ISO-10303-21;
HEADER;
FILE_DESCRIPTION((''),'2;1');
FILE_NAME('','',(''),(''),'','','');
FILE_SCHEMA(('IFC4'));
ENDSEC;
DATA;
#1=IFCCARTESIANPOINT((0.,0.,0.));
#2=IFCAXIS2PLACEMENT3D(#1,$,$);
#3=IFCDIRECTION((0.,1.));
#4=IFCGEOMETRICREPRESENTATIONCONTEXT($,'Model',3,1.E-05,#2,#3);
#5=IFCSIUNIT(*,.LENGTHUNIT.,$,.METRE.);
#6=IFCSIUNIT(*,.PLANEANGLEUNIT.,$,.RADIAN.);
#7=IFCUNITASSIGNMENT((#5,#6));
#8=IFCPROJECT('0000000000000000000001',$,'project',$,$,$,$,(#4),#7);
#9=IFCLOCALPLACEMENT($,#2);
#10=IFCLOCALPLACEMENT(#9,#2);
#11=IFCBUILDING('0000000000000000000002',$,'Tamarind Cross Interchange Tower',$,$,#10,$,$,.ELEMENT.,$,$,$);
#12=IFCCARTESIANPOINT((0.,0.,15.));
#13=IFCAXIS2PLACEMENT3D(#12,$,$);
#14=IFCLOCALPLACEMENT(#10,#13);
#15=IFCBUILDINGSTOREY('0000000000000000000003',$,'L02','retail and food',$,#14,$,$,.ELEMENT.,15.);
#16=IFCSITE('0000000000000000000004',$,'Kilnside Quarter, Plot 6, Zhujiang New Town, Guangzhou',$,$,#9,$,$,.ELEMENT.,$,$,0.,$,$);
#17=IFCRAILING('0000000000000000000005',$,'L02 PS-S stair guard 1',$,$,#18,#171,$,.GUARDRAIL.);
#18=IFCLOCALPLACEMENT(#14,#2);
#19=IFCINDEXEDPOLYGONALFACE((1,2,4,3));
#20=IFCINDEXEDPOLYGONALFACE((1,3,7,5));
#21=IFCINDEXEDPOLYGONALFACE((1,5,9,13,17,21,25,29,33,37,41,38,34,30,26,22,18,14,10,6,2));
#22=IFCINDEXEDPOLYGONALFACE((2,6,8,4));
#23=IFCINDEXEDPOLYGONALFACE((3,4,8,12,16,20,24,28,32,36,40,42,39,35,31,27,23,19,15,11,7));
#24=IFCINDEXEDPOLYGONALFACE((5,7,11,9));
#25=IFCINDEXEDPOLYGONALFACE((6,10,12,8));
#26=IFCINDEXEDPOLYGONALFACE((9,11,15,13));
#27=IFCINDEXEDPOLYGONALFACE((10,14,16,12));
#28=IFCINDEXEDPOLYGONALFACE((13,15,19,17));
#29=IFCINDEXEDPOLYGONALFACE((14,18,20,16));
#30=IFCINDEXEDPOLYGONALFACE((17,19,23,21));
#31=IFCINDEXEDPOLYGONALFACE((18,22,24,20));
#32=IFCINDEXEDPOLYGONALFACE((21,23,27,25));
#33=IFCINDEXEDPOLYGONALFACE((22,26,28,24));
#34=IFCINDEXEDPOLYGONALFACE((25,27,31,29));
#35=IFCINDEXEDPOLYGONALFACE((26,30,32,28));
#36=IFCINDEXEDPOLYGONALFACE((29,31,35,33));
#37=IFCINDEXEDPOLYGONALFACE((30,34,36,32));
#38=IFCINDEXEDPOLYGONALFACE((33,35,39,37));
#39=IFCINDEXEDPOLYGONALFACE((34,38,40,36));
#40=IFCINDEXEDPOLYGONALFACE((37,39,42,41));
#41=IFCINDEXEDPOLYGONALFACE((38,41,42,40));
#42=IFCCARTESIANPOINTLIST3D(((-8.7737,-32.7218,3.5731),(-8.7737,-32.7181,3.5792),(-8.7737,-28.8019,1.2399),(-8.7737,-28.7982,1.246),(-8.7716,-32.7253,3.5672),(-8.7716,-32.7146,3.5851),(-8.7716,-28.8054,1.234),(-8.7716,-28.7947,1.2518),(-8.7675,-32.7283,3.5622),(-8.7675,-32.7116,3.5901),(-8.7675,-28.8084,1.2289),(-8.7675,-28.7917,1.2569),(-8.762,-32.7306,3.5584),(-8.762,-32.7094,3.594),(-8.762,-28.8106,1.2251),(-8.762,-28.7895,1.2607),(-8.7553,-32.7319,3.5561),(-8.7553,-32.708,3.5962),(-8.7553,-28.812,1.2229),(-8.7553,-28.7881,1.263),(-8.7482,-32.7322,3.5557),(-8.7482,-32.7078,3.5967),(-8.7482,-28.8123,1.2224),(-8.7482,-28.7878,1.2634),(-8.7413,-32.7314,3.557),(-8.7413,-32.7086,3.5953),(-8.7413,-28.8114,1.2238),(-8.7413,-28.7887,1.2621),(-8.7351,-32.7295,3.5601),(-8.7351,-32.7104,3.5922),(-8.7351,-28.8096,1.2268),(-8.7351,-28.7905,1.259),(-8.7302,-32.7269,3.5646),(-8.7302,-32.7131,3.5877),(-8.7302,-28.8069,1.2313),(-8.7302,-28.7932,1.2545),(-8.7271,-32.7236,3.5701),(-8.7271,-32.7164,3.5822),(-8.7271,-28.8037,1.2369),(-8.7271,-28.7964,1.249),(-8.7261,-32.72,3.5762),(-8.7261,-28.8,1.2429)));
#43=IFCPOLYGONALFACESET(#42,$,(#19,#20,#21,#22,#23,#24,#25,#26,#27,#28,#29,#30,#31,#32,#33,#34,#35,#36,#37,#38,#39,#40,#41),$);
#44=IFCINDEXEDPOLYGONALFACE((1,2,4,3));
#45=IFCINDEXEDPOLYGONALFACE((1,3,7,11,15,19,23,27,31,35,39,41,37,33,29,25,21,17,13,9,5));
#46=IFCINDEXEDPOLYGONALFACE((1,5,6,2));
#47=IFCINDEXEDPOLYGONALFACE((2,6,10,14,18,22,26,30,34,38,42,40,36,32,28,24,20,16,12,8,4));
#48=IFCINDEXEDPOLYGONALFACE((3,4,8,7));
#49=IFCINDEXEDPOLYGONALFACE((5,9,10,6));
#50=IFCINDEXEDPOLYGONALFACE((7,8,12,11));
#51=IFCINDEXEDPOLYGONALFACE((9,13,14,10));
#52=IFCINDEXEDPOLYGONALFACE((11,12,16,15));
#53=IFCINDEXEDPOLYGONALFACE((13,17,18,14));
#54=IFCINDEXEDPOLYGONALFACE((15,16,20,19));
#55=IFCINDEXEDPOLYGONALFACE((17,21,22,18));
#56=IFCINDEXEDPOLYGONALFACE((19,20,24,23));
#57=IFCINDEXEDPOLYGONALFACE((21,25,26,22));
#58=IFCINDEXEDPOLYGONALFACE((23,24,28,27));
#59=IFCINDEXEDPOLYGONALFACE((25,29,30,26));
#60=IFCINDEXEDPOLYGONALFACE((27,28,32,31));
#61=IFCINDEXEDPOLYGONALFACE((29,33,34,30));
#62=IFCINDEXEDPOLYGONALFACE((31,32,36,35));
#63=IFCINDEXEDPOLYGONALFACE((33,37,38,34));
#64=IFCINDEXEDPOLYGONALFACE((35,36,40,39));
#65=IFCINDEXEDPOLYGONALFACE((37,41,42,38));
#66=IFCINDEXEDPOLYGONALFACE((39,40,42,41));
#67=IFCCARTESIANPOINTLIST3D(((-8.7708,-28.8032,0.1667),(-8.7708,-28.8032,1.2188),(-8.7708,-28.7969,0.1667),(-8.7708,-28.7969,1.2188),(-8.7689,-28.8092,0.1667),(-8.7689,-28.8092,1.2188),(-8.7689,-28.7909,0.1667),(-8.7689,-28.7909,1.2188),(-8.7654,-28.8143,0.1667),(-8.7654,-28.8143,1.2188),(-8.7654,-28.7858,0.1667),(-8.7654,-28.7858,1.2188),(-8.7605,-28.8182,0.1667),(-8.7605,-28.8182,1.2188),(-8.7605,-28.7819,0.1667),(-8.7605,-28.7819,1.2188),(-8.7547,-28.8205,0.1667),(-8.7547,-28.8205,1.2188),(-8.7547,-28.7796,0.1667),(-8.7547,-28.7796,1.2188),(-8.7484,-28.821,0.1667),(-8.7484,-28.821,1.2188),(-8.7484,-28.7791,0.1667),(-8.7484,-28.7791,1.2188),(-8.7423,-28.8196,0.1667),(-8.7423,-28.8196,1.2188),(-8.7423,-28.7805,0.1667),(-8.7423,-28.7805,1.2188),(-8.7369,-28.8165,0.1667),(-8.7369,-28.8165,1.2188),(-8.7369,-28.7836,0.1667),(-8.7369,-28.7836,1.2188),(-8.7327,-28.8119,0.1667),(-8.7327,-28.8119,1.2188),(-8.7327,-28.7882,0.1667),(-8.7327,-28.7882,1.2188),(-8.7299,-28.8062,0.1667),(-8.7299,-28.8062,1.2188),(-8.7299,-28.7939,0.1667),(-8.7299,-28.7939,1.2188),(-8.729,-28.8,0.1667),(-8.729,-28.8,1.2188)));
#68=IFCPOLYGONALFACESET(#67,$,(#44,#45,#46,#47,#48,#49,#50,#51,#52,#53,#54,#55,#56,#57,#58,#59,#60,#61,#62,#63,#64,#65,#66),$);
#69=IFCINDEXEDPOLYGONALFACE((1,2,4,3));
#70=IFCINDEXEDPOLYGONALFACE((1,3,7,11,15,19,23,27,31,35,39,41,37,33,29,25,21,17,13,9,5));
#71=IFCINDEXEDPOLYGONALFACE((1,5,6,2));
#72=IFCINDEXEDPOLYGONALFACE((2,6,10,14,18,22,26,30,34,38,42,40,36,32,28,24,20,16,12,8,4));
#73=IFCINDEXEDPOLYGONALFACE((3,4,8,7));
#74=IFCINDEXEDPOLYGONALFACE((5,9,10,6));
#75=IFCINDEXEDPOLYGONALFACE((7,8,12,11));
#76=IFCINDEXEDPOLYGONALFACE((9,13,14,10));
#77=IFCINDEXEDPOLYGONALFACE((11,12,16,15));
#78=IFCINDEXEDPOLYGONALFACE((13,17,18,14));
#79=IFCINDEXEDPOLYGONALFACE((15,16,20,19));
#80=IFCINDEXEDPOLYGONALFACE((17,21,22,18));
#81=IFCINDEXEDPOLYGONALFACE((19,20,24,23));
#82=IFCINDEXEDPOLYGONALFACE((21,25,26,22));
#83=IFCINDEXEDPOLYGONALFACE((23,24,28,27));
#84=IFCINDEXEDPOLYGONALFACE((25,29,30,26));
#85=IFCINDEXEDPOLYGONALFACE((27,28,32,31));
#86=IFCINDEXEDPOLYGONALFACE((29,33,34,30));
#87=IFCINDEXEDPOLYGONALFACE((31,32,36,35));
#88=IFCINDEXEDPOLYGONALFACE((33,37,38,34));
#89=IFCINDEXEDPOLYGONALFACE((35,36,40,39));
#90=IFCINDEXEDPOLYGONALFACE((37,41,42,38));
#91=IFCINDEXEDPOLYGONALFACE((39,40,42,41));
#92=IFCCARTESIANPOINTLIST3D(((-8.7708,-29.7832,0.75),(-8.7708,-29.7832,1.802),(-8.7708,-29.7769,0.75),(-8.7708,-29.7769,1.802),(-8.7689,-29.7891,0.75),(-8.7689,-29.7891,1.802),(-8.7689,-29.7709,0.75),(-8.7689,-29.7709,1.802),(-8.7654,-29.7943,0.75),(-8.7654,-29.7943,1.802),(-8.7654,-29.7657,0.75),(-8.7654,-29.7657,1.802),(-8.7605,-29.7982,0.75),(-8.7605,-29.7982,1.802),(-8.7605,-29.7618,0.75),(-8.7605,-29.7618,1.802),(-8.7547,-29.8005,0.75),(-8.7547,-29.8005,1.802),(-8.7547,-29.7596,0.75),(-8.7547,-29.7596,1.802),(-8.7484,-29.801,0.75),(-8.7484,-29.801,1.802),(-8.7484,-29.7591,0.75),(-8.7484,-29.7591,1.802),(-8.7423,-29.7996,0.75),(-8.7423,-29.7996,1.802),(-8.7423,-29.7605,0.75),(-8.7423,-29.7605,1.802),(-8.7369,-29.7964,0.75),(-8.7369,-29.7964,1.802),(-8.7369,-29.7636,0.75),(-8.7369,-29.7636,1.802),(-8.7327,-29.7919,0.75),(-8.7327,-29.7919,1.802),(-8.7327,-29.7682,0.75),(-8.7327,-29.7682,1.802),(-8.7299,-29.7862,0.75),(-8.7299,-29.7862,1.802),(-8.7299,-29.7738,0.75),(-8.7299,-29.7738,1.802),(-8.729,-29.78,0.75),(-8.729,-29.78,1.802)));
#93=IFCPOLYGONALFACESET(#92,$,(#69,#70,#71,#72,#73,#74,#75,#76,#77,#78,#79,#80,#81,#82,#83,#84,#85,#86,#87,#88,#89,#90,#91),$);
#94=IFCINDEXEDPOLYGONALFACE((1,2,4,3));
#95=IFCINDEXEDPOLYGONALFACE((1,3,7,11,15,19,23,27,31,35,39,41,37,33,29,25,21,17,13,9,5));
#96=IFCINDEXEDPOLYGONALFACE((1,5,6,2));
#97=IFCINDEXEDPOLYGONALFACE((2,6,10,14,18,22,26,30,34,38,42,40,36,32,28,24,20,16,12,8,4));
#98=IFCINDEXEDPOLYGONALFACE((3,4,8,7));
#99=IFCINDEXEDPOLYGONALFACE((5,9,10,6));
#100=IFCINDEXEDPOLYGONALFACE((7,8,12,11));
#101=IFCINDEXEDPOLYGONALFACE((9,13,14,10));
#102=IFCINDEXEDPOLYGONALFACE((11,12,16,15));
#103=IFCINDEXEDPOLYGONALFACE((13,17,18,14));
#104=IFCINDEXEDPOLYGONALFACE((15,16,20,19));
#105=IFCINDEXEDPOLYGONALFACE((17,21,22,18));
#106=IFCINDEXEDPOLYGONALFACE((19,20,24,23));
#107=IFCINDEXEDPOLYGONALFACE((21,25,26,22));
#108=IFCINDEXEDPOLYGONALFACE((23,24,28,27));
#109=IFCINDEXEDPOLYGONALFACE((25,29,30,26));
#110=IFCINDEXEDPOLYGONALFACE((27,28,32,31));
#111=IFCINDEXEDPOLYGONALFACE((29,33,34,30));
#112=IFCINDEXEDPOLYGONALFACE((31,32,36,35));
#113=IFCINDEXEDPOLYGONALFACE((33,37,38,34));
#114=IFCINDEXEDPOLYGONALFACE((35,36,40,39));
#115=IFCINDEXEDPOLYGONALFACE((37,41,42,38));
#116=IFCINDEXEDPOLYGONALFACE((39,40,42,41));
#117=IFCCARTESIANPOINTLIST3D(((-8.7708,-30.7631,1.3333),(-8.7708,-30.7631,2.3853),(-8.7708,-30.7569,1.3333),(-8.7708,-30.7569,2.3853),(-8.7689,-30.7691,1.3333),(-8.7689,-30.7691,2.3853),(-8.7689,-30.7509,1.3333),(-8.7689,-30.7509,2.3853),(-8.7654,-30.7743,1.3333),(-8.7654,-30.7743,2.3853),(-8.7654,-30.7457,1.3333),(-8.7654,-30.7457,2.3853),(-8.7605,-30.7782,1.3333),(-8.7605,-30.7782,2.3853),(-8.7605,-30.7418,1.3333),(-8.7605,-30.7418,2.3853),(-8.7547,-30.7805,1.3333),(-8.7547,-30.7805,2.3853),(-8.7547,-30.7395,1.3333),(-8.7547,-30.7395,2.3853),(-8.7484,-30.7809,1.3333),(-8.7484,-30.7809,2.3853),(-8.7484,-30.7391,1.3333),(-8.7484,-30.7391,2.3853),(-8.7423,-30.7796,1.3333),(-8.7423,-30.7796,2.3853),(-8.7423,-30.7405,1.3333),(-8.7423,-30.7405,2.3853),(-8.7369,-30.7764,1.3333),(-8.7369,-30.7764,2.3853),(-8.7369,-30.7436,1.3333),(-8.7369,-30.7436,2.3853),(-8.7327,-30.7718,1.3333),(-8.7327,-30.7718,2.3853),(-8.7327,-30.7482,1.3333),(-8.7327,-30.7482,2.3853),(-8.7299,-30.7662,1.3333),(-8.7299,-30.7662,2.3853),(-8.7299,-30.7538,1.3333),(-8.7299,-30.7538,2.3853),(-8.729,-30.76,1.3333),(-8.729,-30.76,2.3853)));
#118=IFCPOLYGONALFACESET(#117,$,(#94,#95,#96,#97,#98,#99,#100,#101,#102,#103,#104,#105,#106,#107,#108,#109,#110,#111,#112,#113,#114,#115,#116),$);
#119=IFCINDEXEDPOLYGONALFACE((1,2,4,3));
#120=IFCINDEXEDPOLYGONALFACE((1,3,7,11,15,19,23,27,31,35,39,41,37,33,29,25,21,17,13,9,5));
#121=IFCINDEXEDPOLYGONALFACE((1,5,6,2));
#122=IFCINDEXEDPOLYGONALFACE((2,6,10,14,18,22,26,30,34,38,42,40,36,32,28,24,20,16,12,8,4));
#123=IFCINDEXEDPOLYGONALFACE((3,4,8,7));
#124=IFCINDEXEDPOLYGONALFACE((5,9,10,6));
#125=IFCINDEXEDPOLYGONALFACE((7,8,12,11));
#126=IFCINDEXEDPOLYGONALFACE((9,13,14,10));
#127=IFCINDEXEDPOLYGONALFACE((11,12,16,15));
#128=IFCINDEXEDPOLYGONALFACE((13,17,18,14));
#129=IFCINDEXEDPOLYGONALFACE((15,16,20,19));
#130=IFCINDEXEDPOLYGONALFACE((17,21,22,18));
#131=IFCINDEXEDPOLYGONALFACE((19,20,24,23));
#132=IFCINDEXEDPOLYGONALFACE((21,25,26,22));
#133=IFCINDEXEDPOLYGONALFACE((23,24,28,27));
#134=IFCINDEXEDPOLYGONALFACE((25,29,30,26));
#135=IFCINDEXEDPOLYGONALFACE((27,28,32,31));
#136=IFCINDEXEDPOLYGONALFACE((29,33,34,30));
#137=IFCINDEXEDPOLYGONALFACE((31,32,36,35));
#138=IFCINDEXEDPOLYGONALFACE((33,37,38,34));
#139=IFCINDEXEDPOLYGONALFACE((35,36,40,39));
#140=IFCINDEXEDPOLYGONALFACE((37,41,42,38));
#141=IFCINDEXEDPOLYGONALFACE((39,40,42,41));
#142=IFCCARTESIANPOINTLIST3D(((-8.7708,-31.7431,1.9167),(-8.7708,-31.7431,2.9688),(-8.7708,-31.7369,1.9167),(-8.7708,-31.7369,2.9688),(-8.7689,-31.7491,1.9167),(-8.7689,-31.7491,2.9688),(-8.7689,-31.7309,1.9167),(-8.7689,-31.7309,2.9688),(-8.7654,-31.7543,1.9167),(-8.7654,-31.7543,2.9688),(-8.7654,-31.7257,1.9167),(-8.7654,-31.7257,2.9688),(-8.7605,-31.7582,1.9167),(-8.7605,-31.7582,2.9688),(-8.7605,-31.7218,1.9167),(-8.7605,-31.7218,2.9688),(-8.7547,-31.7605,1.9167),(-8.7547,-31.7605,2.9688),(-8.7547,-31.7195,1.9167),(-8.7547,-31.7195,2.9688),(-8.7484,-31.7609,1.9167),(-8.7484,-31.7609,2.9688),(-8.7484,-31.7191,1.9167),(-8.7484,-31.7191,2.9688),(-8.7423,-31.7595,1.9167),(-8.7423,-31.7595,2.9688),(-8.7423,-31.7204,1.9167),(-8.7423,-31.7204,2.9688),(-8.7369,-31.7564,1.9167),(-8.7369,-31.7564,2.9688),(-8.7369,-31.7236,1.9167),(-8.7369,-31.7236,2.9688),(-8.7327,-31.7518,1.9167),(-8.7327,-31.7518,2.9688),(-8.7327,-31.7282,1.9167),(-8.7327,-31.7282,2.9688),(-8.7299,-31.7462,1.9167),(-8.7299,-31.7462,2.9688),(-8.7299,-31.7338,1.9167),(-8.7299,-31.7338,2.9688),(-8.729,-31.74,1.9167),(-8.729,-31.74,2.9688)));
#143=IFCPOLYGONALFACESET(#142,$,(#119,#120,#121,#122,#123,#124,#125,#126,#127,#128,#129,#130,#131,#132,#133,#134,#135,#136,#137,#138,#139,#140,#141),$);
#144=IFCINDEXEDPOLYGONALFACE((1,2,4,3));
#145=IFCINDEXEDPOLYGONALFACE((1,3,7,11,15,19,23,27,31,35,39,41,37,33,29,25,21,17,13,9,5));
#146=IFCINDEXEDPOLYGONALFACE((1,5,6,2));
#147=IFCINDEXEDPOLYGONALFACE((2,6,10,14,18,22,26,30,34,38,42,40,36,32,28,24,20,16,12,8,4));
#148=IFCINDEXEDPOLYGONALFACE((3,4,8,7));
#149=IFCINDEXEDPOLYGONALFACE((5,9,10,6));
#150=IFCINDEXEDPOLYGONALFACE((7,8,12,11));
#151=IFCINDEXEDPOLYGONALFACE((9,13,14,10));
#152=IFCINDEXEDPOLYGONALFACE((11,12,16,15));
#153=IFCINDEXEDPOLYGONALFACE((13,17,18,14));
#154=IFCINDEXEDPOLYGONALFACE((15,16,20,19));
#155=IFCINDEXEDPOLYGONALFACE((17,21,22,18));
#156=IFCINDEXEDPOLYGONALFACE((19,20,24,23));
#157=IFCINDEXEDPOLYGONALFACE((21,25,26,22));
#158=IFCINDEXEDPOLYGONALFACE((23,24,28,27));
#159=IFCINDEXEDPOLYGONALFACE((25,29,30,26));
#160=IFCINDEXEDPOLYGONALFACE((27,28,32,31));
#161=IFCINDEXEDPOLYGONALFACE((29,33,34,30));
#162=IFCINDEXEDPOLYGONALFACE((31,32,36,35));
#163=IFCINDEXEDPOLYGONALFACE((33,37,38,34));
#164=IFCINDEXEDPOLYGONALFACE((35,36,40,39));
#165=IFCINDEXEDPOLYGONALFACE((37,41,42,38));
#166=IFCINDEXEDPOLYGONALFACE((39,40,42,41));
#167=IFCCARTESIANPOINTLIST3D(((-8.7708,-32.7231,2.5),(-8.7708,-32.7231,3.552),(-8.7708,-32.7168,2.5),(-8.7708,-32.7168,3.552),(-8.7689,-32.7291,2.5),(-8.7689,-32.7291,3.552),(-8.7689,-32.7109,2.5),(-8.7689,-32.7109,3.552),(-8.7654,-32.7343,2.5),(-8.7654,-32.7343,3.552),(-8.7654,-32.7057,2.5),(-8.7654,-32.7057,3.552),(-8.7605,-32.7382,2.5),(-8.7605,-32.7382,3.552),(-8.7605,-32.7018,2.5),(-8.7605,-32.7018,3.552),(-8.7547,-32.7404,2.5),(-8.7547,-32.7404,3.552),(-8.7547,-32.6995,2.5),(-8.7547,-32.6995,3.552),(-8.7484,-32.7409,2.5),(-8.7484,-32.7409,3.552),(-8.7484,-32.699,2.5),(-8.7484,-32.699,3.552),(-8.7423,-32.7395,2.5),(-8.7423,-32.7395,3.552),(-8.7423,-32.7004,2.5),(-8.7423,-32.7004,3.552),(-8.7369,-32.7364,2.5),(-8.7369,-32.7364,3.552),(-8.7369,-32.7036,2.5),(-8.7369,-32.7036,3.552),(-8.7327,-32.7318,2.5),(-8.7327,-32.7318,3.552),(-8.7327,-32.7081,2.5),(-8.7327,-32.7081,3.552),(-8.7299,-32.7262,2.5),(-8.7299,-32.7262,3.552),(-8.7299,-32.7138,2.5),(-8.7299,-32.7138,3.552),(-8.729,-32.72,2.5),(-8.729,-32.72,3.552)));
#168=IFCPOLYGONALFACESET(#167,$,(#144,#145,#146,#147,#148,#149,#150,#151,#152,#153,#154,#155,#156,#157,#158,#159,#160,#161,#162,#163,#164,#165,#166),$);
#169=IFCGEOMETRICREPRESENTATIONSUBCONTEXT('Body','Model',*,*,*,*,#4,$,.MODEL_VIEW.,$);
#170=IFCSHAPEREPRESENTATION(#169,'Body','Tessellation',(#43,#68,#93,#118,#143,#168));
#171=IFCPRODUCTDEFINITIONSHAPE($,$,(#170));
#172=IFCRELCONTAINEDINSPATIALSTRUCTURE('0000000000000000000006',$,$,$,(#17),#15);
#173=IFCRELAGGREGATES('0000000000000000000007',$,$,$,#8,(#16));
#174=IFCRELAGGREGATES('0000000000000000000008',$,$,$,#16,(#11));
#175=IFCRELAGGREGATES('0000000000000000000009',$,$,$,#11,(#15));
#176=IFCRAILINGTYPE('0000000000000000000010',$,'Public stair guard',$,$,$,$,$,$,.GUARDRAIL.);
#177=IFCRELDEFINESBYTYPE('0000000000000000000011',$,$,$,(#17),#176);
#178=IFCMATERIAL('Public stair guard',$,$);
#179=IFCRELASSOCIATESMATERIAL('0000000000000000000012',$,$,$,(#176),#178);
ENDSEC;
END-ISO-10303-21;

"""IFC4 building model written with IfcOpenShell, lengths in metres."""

from ifc_helpers import new_model, si_unit, direction, frame, origin, origin_2d, place, context, subcontext, project, spatial, circle, extrude, material, type_object, element, save


model = new_model("IFC4")

# Units and contexts
model_context = context("Model", 3, precision=1e-05, world=origin(), true_north=direction((0.0, 1.0)))
body_context = subcontext(model_context, "Body", "Model", "MODEL_VIEW")
ifc_project = project(units=[si_unit("LENGTHUNIT", "METRE"), si_unit("PLANEANGLEUNIT", "RADIAN")], contexts=[model_context])

# Site, building, storey
site_placement = place(None, origin())
site = spatial("IfcSite", under=ifc_project, at=site_placement, Name="Kilnside Quarter, Plot 6, Zhujiang New Town, Guangzhou", CompositionType="ELEMENT", RefElevation=0.0)
building_placement = place(site_placement, origin())
building = spatial("IfcBuilding", under=site, at=building_placement, Name="Tamarind Cross Interchange Tower", CompositionType="ELEMENT")
storey_placement = place(building_placement, frame((0.0, 0.0, 15.0)))
storey = spatial("IfcBuildingStorey", under=building, at=storey_placement, Name="L02", Description="retail and food", CompositionType="ELEMENT", Elevation=15.0)

# Railing
ifc_material_1 = material(Name="Public stair guard")
railing_type_1 = type_object("IfcRailingType", Name="Public stair guard", PredefinedType="GUARDRAIL", material=ifc_material_1)
railing_1_placement = place(storey_placement, frame((-8.75, -28.8, 0.1667)))
element("IfcRailing", 1, at=railing_1_placement, inside=storey, type_object=railing_type_1, Name="L02 PS-S stair guard 1", PredefinedType="GUARDRAIL", context=body_context, shape_type="SweptSolid", body=[
    extrude(circle(Radius=0.0239, at=origin_2d()), frame((0.0, 0.0, 1.0762), z_axis=(0.0, -0.859296, 0.511478), x_axis=(1.0, 0.0, 0.0)), (0.0, 0.0, 1.0), 4.5618),
    extrude(circle(Radius=0.021, at=origin_2d()), origin(), (0.0, 0.0, 1.0), 1.052),
    extrude(circle(Radius=0.021, at=origin_2d()), frame((0.0, -0.98, 0.5833)), (0.0, 0.0, 1.0), 1.052),
    extrude(circle(Radius=0.021, at=origin_2d()), frame((0.0, -1.96, 1.1665)), (0.0, 0.0, 1.0), 1.052),
    extrude(circle(Radius=0.021, at=origin_2d()), frame((0.0, -2.9399, 1.75)), (0.0, 0.0, 1.0), 1.052),
    extrude(circle(Radius=0.021, at=origin_2d()), frame((0.0, -3.9199, 2.3333)), (0.0, 0.0, 1.0), 1.052),
])

save(model, "model.ifc")
